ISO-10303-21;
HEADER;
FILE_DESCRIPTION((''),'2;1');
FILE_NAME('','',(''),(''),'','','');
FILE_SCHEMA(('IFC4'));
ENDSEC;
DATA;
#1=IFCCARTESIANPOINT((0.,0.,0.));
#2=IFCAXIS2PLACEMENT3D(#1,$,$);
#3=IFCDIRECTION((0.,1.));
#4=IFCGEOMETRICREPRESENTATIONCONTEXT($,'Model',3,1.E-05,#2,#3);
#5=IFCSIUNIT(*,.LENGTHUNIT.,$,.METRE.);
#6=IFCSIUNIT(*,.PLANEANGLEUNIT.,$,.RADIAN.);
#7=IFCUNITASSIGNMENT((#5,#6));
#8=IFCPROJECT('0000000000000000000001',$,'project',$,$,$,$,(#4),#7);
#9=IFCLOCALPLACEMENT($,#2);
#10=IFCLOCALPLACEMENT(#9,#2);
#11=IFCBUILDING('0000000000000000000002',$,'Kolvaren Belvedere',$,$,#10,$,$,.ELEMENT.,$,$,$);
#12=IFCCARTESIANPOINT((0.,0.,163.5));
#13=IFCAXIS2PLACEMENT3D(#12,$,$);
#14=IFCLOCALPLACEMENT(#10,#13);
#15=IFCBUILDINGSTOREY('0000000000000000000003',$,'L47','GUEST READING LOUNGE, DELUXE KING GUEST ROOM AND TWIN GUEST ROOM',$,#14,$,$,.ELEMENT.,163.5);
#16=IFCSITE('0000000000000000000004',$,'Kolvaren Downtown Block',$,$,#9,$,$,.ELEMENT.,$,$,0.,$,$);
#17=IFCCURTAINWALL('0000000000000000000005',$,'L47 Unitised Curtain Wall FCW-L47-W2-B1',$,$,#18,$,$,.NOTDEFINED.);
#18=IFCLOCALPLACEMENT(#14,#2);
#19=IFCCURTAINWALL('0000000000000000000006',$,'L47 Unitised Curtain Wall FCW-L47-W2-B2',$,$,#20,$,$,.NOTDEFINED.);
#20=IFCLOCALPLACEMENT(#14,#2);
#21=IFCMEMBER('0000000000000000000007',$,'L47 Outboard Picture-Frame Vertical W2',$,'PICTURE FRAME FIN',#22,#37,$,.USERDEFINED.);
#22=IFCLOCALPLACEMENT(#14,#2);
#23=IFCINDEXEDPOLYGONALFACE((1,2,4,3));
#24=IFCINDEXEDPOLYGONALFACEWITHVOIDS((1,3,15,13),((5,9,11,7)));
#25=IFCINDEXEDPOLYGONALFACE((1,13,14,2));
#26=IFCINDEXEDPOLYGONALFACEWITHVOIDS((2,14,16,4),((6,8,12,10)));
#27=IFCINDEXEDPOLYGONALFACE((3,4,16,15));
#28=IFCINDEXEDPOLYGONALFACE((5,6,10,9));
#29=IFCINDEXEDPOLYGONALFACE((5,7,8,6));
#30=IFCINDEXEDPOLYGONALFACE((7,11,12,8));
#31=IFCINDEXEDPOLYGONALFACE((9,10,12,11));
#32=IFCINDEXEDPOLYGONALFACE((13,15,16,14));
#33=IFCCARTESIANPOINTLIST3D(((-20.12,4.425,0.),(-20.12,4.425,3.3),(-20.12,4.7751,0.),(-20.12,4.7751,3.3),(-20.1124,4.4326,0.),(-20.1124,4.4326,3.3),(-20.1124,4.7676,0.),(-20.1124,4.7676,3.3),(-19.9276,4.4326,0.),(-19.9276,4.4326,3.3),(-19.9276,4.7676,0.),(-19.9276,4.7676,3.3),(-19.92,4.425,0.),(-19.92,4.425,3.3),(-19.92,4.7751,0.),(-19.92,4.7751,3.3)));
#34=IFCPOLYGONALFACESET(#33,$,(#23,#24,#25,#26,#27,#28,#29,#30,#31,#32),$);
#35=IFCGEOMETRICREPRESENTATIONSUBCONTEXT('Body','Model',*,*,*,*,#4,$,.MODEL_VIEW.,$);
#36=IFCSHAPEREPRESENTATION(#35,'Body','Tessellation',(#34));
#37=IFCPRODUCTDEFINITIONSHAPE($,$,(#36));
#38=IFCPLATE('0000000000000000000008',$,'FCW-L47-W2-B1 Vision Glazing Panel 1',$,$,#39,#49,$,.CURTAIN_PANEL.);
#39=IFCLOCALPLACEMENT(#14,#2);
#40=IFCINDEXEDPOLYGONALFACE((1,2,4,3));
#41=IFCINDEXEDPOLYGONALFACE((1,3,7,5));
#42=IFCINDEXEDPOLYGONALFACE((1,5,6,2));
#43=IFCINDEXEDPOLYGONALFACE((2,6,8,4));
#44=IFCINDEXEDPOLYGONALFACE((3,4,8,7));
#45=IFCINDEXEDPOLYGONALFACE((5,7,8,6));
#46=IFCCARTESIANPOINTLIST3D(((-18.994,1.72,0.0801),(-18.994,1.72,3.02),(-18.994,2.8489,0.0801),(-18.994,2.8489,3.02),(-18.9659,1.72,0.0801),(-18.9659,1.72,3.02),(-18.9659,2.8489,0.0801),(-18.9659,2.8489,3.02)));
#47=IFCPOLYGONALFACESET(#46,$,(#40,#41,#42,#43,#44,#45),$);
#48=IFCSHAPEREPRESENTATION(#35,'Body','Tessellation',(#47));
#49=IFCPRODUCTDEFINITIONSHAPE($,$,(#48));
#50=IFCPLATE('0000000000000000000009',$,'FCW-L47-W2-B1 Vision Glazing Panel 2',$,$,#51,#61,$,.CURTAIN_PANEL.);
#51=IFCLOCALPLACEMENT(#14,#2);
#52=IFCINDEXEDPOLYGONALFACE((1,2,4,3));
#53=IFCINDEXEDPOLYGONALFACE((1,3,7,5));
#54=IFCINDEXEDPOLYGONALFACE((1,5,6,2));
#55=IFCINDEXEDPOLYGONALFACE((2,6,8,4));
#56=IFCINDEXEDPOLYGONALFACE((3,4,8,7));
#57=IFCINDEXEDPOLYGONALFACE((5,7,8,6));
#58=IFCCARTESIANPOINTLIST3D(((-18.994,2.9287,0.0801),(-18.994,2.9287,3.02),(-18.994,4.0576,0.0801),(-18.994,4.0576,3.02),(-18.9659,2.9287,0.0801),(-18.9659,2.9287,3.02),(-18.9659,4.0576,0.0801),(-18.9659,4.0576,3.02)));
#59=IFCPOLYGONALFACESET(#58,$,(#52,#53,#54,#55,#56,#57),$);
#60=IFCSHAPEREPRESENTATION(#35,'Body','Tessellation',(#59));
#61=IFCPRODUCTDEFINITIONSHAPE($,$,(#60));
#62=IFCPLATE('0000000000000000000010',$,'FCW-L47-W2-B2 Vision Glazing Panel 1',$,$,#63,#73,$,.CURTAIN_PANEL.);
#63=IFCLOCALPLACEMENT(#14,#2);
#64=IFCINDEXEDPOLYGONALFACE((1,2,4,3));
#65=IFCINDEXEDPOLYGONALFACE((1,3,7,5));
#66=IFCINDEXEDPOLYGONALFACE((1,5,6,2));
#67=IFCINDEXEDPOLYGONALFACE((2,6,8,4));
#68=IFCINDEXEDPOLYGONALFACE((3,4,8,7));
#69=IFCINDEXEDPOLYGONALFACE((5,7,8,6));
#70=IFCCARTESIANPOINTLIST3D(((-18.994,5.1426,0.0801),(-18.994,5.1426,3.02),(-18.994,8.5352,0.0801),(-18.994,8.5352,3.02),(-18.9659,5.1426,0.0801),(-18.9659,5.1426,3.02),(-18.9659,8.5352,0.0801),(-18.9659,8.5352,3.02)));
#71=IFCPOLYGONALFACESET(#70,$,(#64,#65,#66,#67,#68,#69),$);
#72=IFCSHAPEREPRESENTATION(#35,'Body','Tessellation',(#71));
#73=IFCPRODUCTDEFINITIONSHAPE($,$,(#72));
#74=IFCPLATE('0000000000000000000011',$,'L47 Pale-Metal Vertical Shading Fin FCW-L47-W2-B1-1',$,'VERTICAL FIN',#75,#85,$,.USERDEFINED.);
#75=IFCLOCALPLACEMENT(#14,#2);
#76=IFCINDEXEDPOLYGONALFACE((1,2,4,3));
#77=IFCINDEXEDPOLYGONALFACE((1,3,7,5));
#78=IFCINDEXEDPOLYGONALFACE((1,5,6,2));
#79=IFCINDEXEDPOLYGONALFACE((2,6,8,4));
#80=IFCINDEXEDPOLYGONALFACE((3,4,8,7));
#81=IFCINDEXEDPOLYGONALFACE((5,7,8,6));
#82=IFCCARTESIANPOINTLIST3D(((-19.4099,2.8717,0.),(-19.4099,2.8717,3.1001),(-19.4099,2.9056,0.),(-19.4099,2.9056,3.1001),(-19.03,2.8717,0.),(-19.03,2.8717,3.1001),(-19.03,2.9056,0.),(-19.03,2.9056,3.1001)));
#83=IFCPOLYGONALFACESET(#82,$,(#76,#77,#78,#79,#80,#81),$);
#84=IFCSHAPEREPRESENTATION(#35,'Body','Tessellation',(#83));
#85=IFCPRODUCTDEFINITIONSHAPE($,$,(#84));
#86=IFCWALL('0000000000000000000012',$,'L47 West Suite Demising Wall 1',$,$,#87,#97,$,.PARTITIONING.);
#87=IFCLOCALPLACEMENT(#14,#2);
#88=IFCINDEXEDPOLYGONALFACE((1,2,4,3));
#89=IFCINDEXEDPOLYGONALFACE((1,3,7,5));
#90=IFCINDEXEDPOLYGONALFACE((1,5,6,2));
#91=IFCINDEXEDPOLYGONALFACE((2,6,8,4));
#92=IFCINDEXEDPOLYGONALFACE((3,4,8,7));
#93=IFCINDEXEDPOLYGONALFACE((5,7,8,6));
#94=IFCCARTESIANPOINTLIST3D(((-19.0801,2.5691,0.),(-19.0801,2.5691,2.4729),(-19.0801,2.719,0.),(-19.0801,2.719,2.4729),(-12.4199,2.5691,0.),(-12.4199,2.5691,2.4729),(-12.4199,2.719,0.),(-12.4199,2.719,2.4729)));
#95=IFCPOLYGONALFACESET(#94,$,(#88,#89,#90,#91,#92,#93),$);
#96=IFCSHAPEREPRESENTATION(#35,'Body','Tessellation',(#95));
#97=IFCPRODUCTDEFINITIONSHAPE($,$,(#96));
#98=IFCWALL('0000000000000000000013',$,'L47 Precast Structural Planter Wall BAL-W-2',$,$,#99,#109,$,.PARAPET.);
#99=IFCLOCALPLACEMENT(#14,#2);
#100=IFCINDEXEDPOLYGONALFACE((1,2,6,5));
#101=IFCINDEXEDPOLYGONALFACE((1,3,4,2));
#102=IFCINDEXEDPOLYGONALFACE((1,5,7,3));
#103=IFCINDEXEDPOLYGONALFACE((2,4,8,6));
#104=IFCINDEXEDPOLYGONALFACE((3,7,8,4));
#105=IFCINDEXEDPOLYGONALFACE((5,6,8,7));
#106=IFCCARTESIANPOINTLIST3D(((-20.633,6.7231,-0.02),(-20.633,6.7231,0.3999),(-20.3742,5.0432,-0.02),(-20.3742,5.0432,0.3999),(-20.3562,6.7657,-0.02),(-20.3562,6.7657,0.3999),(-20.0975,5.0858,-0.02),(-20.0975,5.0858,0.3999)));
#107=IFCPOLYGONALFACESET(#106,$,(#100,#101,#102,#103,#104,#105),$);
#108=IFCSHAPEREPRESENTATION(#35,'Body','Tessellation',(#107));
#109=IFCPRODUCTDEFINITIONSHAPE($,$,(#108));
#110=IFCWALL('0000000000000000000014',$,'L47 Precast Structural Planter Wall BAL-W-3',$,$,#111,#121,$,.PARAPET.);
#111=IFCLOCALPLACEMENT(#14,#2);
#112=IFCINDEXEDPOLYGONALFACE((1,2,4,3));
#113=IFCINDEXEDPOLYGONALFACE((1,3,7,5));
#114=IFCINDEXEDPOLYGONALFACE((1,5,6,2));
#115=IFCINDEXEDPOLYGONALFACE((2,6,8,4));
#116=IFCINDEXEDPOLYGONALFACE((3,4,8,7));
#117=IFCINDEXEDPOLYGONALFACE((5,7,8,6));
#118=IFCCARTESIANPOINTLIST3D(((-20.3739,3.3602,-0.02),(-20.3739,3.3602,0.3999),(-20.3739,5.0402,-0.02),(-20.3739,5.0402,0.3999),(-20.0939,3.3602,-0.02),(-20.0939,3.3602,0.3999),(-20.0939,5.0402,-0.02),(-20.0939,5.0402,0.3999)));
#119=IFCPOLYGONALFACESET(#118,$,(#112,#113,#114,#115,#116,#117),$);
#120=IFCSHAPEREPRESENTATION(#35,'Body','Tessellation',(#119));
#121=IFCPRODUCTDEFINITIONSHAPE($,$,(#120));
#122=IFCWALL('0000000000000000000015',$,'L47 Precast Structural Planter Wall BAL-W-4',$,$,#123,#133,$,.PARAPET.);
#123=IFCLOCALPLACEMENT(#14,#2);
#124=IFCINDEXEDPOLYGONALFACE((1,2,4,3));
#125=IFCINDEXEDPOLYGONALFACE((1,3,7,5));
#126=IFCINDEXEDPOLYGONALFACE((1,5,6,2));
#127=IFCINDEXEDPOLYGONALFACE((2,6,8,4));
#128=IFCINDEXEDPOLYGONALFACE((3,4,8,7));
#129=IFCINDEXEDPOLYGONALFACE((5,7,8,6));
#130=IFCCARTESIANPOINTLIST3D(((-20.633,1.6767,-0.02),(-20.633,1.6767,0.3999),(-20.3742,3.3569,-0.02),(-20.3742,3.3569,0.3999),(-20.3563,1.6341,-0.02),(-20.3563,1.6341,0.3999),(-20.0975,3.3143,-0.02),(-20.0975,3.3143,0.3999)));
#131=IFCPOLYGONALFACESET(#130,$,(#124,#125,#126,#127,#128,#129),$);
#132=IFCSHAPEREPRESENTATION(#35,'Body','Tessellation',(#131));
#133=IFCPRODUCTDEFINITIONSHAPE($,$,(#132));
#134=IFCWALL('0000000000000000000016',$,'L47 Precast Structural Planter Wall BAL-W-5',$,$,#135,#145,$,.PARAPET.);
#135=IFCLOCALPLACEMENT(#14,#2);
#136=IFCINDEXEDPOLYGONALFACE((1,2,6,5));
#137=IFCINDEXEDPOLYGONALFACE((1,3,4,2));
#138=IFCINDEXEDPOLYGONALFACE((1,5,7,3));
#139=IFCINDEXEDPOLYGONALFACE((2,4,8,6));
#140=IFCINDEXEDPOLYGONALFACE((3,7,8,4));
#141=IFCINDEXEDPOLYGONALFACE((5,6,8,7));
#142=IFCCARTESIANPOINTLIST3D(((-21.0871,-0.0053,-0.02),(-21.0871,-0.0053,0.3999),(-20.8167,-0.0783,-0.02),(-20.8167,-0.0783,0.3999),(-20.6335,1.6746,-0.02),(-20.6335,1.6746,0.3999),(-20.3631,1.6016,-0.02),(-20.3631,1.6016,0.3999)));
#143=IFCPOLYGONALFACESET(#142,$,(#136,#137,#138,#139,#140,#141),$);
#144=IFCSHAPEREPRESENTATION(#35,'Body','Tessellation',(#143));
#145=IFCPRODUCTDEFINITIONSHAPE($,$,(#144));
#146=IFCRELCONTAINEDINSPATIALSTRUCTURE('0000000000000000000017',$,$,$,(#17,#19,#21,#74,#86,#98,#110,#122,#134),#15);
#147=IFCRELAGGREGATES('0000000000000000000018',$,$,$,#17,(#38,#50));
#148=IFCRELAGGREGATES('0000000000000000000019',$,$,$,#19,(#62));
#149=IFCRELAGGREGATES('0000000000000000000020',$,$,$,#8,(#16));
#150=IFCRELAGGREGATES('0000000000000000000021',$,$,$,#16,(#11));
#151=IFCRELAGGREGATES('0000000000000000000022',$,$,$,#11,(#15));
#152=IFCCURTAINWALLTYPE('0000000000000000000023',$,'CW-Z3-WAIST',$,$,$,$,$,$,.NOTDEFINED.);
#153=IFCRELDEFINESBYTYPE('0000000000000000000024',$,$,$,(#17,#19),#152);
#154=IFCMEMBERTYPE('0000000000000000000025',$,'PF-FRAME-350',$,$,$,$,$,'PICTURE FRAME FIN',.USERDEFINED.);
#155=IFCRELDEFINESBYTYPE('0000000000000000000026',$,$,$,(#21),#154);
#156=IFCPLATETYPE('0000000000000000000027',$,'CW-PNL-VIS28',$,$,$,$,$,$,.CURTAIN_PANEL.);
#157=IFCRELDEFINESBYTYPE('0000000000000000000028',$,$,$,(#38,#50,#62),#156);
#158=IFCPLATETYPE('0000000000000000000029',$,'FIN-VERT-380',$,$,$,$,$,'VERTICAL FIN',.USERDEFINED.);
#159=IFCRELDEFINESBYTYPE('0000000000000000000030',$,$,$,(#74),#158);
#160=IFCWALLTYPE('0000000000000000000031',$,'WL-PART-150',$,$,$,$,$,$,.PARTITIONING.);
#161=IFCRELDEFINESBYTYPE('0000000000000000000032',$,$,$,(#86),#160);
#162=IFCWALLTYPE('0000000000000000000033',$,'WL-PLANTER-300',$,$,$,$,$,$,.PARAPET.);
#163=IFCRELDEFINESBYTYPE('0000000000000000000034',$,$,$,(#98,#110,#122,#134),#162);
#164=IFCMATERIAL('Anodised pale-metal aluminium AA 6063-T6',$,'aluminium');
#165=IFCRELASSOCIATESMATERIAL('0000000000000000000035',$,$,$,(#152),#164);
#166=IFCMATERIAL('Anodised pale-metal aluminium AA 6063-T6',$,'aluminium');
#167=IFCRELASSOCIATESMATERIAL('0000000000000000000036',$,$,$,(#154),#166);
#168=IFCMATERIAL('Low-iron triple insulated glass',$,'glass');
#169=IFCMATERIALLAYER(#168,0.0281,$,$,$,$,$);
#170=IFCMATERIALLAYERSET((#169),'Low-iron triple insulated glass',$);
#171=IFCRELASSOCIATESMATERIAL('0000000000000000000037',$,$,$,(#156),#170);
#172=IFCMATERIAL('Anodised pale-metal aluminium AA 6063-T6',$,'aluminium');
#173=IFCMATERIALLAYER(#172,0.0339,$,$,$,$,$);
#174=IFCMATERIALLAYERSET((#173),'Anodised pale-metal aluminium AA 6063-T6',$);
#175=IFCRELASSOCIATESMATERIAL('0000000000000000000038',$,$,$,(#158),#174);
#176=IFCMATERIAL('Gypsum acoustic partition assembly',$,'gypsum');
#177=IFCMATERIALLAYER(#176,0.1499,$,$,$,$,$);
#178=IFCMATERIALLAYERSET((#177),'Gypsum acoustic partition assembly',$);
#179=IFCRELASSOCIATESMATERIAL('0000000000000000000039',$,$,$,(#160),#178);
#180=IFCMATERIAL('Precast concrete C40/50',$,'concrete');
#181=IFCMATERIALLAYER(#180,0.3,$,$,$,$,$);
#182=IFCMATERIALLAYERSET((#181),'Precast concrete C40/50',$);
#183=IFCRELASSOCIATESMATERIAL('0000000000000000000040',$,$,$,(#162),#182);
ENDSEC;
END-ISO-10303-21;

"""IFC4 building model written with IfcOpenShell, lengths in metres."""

from ifc_helpers import new_model, si_unit, direction, frame, frame_2d, origin, origin_2d, place, context, subcontext, project, spatial, rectangle, hollow_rectangle, extrude, material, layer, layer_set, material_profile, profile_set, type_object, element, aggregate, save


model = new_model("IFC4")

# Units and contexts
model_context = context("Model", 3, precision=1e-05, world=origin(), true_north=direction((0.0, 1.0)))
body_context = subcontext(model_context, "Body", "Model", "MODEL_VIEW")
ifc_project = project(units=[si_unit("LENGTHUNIT", "METRE"), si_unit("PLANEANGLEUNIT", "RADIAN")], contexts=[model_context])

# Site, building, storey
site_placement = place(None, origin())
site = spatial("IfcSite", under=ifc_project, at=site_placement, Name="Kolvaren Downtown Block", CompositionType="ELEMENT", RefElevation=0.0)
building_placement = place(site_placement, origin())
building = spatial("IfcBuilding", under=site, at=building_placement, Name="Kolvaren Belvedere", CompositionType="ELEMENT")
storey_placement = place(building_placement, frame((0.0, 0.0, 163.5)))
storey = spatial("IfcBuildingStorey", under=building, at=storey_placement, Name="L47", Description="GUEST READING LOUNGE, DELUXE KING GUEST ROOM AND TWIN GUEST ROOM", CompositionType="ELEMENT", Elevation=163.5)

# Curtain wall
ifc_material_1 = material(Name="Anodised pale-metal aluminium AA 6063-T6", Category="aluminium")
curtain_wall_type = type_object("IfcCurtainWallType", Name="CW-Z3-WAIST", PredefinedType="NOTDEFINED", material=ifc_material_1)
curtain_wall_1_placement = place(storey_placement, origin())
curtain_wall_1 = element("IfcCurtainWall", 1, at=curtain_wall_1_placement, inside=storey, type_object=curtain_wall_type, Name="L47 Unitised Curtain Wall FCW-L47-W2-B1", PredefinedType="NOTDEFINED")

# Curtain wall
curtain_wall_2_placement = place(storey_placement, origin())
curtain_wall_2 = element("IfcCurtainWall", 2, at=curtain_wall_2_placement, inside=storey, type_object=curtain_wall_type, Name="L47 Unitised Curtain Wall FCW-L47-W2-B2", PredefinedType="NOTDEFINED")

# Member
ifc_material_2 = material(Name="Anodised pale-metal aluminium AA 6063-T6", Category="aluminium")
ifc_material_profile_1 = material_profile(ifc_material_2, hollow_rectangle(XDim=0.2, YDim=0.3501, WallThickness=0.0076, at=origin_2d()), Name="ALU-PF-350X200")
ifc_profile_set_1 = profile_set([ifc_material_profile_1], Name="Anodised pale-metal aluminium AA 6063-T6")
member_type_1 = type_object("IfcMemberType", Name="PF-FRAME-350", ElementType="PICTURE FRAME FIN", PredefinedType="USERDEFINED", material=ifc_profile_set_1)
member_1_placement = place(storey_placement, frame((-20.02, 4.6001, 0.0), z_axis=(0.0, 0.0, 1.0), x_axis=(1.0, 0.0, 0.0)))
element("IfcMember", 3, at=member_1_placement, inside=storey, type_object=member_type_1, Name="L47 Outboard Picture-Frame Vertical W2", ObjectType="PICTURE FRAME FIN", PredefinedType="USERDEFINED", context=body_context, shape_type="SweptSolid", body=[
    extrude(hollow_rectangle(XDim=0.2, YDim=0.3501, WallThickness=0.0076, at=origin_2d()), origin(), (0.0, 0.0, 1.0), 3.3),
])

# Plates
ifc_material_3 = material(Name="Low-iron triple insulated glass", Category="glass")
ifc_layer_1 = layer(ifc_material_3, 0.0281)
ifc_layer_set_1 = layer_set([ifc_layer_1], Name="Low-iron triple insulated glass")
plate_type_1 = type_object("IfcPlateType", Name="CW-PNL-VIS28", PredefinedType="CURTAIN_PANEL", material=ifc_layer_set_1)
plate_1_placement = place(storey_placement, frame((-18.98, 2.2844, 0.0801), z_axis=(0.0, 0.0, 1.0), x_axis=(0.0, 1.0, 0.0)))
plate_1 = element("IfcPlate", 4, at=plate_1_placement, type_object=plate_type_1, Name="FCW-L47-W2-B1 Vision Glazing Panel 1", PredefinedType="CURTAIN_PANEL", context=body_context, shape_type="SweptSolid", body=[
    extrude(rectangle(XDim=1.1289, YDim=0.0281, at=origin_2d()), origin(), (0.0, 0.0, 1.0), 2.9399),
])
plate_2_placement = place(storey_placement, frame((-18.98, 3.4932, 0.0801), z_axis=(0.0, 0.0, 1.0), x_axis=(0.0, 1.0, 0.0)))
plate_2 = element("IfcPlate", 5, at=plate_2_placement, type_object=plate_type_1, Name="FCW-L47-W2-B1 Vision Glazing Panel 2", PredefinedType="CURTAIN_PANEL", context=body_context, shape_type="SweptSolid", body=[
    extrude(rectangle(XDim=1.1289, YDim=0.0281, at=origin_2d()), origin(), (0.0, 0.0, 1.0), 2.9399),
])
aggregate(curtain_wall_1, [plate_1, plate_2])
plate_3_placement = place(storey_placement, frame((-18.98, 6.8389, 0.0801), z_axis=(0.0, 0.0, 1.0), x_axis=(0.0, 1.0, 0.0)))
plate_3 = element("IfcPlate", 6, at=plate_3_placement, type_object=plate_type_1, Name="FCW-L47-W2-B2 Vision Glazing Panel 1", PredefinedType="CURTAIN_PANEL", context=body_context, shape_type="SweptSolid", body=[
    extrude(rectangle(XDim=3.3926, YDim=0.0281, at=origin_2d()), origin(), (0.0, 0.0, 1.0), 2.9399),
])
aggregate(curtain_wall_2, [plate_3])
ifc_material_4 = material(Name="Anodised pale-metal aluminium AA 6063-T6", Category="aluminium")
ifc_layer_2 = layer(ifc_material_4, 0.0339)
ifc_layer_set_2 = layer_set([ifc_layer_2], Name="Anodised pale-metal aluminium AA 6063-T6")
plate_type_2 = type_object("IfcPlateType", Name="FIN-VERT-380", ElementType="VERTICAL FIN", PredefinedType="USERDEFINED", material=ifc_layer_set_2)
plate_4_placement = place(storey_placement, frame((-19.22, 2.8887, 0.0), z_axis=(0.0, 0.0, 1.0), x_axis=(1.0, 0.0, 0.0)))
element("IfcPlate", 7, at=plate_4_placement, inside=storey, type_object=plate_type_2, Name="L47 Pale-Metal Vertical Shading Fin FCW-L47-W2-B1-1", ObjectType="VERTICAL FIN", PredefinedType="USERDEFINED", context=body_context, shape_type="SweptSolid", body=[
    extrude(rectangle(XDim=0.3799, YDim=0.0339, at=origin_2d()), origin(), (0.0, 0.0, 1.0), 3.1001),
])

# Walls
ifc_material_5 = material(Name="Gypsum acoustic partition assembly", Category="gypsum")
ifc_layer_3 = layer(ifc_material_5, 0.1499)
ifc_layer_set_3 = layer_set([ifc_layer_3], Name="Gypsum acoustic partition assembly")
wall_type_1 = type_object("IfcWallType", Name="WL-PART-150", PredefinedType="PARTITIONING", material=ifc_layer_set_3)
wall_1_placement = place(storey_placement, frame((-19.0801, 2.644, 0.0), z_axis=(0.0, 0.0, 1.0), x_axis=(1.0, 0.0, 0.0)))
element("IfcWall", 8, at=wall_1_placement, inside=storey, type_object=wall_type_1, Name="L47 West Suite Demising Wall 1", PredefinedType="PARTITIONING", context=body_context, shape_type="SweptSolid", body=[
    extrude(rectangle(XDim=6.6602, YDim=0.1499, at=frame_2d((3.3301, 0.0))), origin(), (0.0, 0.0, 1.0), 2.4729),
])
ifc_material_6 = material(Name="Precast concrete C40/50", Category="concrete")
ifc_layer_4 = layer(ifc_material_6, 0.3)
ifc_layer_set_4 = layer_set([ifc_layer_4], Name="Precast concrete C40/50")
wall_type_2 = type_object("IfcWallType", Name="WL-PLANTER-300", PredefinedType="PARAPET", material=ifc_layer_set_4)
wall_2_placement = place(storey_placement, frame((-20.4946, 6.7444, -0.02), z_axis=(0.0, 0.0, 1.0), x_axis=(0.152251, -0.988342, 0.0)))
element("IfcWall", 9, at=wall_2_placement, inside=storey, type_object=wall_type_2, Name="L47 Precast Structural Planter Wall BAL-W-2", PredefinedType="PARAPET", context=body_context, shape_type="SweptSolid", body=[
    extrude(rectangle(XDim=1.6997, YDim=0.28, at=frame_2d((0.8499, 0.0))), origin(), (0.0, 0.0, 1.0), 0.4199),
])
wall_3_placement = place(storey_placement, frame((-20.2339, 5.04, -0.02), z_axis=(0.0, 0.0, 1.0), x_axis=(0.0, -1.0, 0.0)))
element("IfcWall", 10, at=wall_3_placement, inside=storey, type_object=wall_type_2, Name="L47 Precast Structural Planter Wall BAL-W-3", PredefinedType="PARAPET", context=body_context, shape_type="SweptSolid", body=[
    extrude(rectangle(XDim=1.6799, YDim=0.28, at=frame_2d((0.8398, 0.0))), origin(), (0.0, 0.0, 1.0), 0.4199),
])
wall_4_placement = place(storey_placement, frame((-20.2358, 3.3357, -0.02), z_axis=(0.0, 0.0, 1.0), x_axis=(-0.15223, -0.988345, 0.0)))
element("IfcWall", 11, at=wall_4_placement, inside=storey, type_object=wall_type_2, Name="L47 Precast Structural Planter Wall BAL-W-4", PredefinedType="PARAPET", context=body_context, shape_type="SweptSolid", body=[
    extrude(rectangle(XDim=1.7, YDim=0.28, at=frame_2d((0.8501, 0.0))), origin(), (0.0, 0.0, 1.0), 0.4199),
])
wall_5_placement = place(storey_placement, frame((-20.4983, 1.6382, -0.02), z_axis=(0.0, 0.0, 1.0), x_axis=(-0.260683, -0.965424, 0.0)))
element("IfcWall", 12, at=wall_5_placement, inside=storey, type_object=wall_type_2, Name="L47 Precast Structural Planter Wall BAL-W-5", PredefinedType="PARAPET", context=body_context, shape_type="SweptSolid", body=[
    extrude(rectangle(XDim=1.74, YDim=0.28, at=frame_2d((0.8701, 0.0))), origin(), (0.0, 0.0, 1.0), 0.4199),
])

save(model, "model.ifc")
